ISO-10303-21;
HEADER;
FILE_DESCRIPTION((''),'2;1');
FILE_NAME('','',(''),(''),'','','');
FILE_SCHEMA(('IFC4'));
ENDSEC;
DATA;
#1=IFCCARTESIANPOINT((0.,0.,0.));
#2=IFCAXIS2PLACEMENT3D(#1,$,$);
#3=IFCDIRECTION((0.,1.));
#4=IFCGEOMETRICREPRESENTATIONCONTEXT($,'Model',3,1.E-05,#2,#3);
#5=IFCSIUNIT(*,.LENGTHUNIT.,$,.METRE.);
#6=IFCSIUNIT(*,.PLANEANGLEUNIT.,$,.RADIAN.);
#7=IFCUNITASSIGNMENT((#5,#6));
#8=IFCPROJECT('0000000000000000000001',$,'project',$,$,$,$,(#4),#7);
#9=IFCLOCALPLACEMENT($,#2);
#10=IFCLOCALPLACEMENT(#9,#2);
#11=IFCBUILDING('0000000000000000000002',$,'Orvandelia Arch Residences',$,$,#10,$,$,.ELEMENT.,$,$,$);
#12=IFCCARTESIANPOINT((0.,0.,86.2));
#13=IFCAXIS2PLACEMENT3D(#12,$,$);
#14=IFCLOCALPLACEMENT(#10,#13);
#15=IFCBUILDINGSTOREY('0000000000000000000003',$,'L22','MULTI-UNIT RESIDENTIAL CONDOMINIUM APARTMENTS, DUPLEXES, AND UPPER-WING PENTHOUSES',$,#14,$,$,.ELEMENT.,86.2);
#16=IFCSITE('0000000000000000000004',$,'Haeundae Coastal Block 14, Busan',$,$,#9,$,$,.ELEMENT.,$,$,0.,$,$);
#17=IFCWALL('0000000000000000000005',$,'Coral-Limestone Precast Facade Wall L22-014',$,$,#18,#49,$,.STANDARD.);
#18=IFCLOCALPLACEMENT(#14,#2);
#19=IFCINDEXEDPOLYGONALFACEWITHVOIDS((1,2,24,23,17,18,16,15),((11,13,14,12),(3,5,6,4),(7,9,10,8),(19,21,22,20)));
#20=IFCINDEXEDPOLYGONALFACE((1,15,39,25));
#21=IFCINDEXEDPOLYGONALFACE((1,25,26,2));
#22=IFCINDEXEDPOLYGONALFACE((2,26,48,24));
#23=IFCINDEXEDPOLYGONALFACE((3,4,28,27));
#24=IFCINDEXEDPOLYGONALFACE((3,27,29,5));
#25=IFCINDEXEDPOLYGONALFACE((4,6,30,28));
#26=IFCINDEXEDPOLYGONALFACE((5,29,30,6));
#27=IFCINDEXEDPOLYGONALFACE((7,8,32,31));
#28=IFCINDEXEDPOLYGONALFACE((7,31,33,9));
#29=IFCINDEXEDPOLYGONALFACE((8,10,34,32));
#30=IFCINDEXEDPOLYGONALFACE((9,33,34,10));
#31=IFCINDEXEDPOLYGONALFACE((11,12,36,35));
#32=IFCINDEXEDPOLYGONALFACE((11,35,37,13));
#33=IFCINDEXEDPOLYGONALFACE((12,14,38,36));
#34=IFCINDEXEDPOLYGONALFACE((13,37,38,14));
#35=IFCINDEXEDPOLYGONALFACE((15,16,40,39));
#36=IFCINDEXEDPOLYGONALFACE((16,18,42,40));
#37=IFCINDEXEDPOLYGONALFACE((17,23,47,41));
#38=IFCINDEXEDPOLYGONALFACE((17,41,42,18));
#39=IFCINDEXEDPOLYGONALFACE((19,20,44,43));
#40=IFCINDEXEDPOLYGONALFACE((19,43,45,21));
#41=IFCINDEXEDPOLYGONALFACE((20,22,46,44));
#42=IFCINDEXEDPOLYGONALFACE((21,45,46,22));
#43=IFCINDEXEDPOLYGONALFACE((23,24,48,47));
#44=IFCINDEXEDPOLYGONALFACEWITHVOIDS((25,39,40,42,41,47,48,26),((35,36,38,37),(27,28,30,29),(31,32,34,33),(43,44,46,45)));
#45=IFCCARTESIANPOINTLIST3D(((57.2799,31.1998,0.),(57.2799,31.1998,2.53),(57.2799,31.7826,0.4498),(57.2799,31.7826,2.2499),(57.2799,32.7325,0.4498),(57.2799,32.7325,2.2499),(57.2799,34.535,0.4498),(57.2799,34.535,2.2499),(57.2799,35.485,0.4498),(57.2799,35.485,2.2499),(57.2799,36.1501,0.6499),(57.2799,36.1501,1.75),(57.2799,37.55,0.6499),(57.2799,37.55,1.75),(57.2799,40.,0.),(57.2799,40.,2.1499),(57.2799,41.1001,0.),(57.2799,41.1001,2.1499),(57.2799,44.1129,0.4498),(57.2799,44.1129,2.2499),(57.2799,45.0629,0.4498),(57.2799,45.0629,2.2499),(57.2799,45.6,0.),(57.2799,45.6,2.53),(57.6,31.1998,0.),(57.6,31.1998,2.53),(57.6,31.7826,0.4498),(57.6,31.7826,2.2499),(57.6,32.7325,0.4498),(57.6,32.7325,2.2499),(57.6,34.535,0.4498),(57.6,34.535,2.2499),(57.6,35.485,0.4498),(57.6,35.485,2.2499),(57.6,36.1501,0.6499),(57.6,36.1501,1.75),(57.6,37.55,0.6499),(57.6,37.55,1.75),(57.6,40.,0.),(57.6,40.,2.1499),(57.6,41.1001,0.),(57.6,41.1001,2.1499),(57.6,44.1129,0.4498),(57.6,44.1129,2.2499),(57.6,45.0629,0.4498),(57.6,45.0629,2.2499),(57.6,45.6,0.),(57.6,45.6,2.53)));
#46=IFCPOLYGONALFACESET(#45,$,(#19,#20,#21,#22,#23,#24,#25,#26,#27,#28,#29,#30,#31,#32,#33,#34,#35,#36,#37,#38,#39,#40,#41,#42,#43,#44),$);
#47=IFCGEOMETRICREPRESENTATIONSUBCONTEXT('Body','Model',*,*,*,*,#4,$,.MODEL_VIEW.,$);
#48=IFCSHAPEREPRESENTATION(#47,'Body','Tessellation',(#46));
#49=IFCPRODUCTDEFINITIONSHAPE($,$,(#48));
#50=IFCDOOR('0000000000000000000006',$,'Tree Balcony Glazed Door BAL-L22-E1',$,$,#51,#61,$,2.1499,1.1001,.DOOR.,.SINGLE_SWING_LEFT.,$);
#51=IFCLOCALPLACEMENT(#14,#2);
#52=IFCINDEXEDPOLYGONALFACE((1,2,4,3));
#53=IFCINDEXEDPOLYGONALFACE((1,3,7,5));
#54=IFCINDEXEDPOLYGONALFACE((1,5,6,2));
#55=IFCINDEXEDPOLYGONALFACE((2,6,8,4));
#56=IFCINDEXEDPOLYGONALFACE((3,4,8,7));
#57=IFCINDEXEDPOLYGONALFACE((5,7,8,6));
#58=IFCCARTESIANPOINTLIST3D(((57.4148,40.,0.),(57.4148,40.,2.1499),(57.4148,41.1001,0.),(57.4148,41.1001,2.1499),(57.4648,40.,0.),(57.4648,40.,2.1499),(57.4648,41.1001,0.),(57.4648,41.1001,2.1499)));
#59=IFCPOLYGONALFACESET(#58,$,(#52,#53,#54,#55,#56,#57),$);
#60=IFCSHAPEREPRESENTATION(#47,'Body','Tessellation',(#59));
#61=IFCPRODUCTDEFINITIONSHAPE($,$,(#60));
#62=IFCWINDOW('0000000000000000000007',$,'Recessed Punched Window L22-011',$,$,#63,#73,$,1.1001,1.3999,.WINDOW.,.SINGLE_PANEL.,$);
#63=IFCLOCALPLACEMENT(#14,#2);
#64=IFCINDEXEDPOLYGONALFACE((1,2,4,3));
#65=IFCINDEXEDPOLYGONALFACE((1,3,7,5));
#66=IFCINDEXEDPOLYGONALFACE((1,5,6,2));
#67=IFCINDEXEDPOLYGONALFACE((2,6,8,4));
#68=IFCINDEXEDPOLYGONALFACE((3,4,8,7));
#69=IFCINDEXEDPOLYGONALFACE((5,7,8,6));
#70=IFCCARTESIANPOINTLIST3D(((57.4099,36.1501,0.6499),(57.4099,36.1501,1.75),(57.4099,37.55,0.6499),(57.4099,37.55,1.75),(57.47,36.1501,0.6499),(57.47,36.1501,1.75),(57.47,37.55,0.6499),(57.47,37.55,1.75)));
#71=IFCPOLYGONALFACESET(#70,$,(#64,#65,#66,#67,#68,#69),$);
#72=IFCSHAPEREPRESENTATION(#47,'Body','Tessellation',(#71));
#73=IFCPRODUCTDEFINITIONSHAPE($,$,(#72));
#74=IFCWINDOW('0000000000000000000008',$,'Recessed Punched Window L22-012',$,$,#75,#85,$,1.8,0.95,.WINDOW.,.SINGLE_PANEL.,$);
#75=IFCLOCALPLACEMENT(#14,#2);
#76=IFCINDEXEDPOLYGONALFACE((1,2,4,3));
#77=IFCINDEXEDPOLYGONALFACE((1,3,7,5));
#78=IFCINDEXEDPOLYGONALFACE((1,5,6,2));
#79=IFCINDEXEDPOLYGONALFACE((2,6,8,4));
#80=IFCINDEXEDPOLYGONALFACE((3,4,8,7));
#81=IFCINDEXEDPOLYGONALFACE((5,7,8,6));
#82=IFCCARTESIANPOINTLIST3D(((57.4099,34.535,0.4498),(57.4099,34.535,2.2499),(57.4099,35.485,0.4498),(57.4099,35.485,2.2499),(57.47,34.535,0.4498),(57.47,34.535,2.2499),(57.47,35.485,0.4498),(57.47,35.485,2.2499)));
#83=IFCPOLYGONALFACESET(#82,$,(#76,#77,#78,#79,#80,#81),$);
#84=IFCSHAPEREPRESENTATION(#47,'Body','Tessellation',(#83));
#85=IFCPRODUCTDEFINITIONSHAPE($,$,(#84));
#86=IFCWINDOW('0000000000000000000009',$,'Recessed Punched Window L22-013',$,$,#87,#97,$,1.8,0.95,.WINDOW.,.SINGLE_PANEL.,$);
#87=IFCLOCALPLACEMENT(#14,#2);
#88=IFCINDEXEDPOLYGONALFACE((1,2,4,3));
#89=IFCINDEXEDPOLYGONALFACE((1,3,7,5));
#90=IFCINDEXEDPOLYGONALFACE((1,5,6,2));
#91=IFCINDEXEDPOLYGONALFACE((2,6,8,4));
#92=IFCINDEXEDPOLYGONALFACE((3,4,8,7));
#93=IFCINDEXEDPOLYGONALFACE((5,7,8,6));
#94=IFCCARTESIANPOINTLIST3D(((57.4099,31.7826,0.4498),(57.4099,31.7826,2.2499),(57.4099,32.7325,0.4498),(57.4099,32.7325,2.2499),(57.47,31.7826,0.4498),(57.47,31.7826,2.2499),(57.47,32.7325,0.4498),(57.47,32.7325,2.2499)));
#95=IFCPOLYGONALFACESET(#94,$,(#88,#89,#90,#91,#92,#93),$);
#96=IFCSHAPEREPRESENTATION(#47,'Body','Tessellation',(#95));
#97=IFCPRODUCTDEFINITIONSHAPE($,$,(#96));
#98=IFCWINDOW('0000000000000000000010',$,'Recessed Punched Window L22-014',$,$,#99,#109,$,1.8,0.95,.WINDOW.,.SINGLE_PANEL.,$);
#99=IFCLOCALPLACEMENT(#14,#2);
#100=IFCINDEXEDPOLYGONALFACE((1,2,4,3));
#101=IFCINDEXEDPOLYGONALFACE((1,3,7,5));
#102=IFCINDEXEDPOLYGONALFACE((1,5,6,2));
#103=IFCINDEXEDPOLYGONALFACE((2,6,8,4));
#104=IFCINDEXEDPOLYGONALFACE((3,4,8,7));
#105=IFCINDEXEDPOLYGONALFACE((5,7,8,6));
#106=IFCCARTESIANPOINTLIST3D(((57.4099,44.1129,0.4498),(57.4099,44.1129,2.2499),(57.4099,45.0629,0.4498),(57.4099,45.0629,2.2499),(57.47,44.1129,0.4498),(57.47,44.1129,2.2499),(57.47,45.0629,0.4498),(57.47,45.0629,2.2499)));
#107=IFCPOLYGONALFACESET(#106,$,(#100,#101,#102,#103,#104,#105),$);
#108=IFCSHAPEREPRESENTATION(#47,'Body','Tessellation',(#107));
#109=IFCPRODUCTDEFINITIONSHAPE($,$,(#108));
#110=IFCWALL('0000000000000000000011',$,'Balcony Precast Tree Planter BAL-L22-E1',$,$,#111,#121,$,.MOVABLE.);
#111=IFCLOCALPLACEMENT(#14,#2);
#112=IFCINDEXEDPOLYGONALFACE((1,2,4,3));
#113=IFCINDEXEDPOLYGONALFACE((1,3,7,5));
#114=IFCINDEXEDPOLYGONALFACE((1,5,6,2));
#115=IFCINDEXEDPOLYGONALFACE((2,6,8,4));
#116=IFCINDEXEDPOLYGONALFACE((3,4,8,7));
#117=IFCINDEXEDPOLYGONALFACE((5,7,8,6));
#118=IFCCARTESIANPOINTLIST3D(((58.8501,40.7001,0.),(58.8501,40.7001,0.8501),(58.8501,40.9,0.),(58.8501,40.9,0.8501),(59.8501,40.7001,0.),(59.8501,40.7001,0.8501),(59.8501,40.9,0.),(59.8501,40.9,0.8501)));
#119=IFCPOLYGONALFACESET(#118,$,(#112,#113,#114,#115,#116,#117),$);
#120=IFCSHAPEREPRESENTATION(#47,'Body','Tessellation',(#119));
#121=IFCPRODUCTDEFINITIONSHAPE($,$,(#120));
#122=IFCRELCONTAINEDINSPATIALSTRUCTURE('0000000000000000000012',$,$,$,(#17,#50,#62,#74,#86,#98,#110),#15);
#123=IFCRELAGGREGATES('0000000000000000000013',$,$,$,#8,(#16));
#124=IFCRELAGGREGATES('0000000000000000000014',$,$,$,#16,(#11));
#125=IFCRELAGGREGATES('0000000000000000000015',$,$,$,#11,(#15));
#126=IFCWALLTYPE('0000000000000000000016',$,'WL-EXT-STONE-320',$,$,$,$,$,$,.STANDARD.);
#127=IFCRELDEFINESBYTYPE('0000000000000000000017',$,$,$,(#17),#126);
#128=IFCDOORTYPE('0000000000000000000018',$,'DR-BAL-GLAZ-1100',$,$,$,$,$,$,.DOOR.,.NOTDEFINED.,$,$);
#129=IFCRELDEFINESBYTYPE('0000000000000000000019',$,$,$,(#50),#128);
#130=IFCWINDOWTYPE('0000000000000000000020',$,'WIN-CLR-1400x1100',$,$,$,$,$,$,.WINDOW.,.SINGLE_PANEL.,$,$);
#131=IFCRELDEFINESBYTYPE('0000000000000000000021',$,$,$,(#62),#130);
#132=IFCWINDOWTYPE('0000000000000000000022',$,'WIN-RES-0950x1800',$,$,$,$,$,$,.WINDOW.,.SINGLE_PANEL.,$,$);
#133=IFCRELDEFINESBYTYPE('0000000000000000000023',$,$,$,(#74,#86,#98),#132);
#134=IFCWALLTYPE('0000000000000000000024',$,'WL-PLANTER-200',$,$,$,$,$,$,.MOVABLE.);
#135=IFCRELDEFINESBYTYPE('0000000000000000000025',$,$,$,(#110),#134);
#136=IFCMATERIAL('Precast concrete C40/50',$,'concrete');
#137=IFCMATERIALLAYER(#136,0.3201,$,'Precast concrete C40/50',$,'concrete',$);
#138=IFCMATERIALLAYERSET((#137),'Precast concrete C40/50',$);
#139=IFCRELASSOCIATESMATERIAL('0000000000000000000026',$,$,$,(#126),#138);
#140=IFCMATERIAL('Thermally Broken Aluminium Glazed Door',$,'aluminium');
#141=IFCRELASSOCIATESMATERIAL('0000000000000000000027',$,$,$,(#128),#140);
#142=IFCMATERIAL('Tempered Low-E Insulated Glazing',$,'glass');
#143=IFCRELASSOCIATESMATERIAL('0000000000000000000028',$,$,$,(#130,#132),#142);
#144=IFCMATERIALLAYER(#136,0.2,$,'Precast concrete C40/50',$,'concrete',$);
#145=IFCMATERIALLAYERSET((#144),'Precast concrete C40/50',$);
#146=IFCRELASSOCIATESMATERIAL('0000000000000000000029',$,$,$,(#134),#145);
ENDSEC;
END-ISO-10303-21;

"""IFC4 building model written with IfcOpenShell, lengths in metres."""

from ifc_helpers import new_model, si_unit, direction, frame, frame_2d, origin, place, context, subcontext, project, spatial, rectangle, extrude, material, layer, layer_set, type_object, element, fill, save


model = new_model("IFC4")

# Units and contexts
model_context = context("Model", 3, precision=1e-05, world=origin(), true_north=direction((0.0, 1.0)))
body_context = subcontext(model_context, "Body", "Model", "MODEL_VIEW")
ifc_project = project(units=[si_unit("LENGTHUNIT", "METRE"), si_unit("PLANEANGLEUNIT", "RADIAN")], contexts=[model_context])

# Site, building, storey
site_placement = place(None, origin())
site = spatial("IfcSite", under=ifc_project, at=site_placement, Name="Haeundae Coastal Block 14, Busan", CompositionType="ELEMENT", RefElevation=0.0)
building_placement = place(site_placement, origin())
building = spatial("IfcBuilding", under=site, at=building_placement, Name="Orvandelia Arch Residences", CompositionType="ELEMENT")
storey_placement = place(building_placement, frame((0.0, 0.0, 86.2)))
storey = spatial("IfcBuildingStorey", under=building, at=storey_placement, Name="L22", Description="MULTI-UNIT RESIDENTIAL CONDOMINIUM APARTMENTS, DUPLEXES, AND UPPER-WING PENTHOUSES", CompositionType="ELEMENT", Elevation=86.2)

# Shared definitions
ifc_material_1 = material(Name="Precast concrete C40/50", Category="concrete")
ifc_layer_1 = layer(ifc_material_1, 0.3201, Name="Precast concrete C40/50", Category="concrete")
ifc_layer_set_1 = layer_set([ifc_layer_1], Name="Precast concrete C40/50")
wall_type_1 = type_object("IfcWallType", Name="WL-EXT-STONE-320", PredefinedType="STANDARD", material=ifc_layer_set_1)

# Wall, openings, door, windows
wall_1_placement = place(storey_placement, frame((57.4399, 45.6001, 0.0), z_axis=(0.0, 0.0, 1.0), x_axis=(0.0, -1.0, 0.0)))
wall_1 = element("IfcWall", 1, at=wall_1_placement, inside=storey, type_object=wall_type_1, Name="Coral-Limestone Precast Facade Wall L22-014", PredefinedType="STANDARD", context=body_context, shape_type="SweptSolid", body=[
    extrude(rectangle(XDim=14.4001, YDim=0.3201, at=frame_2d((7.2002, 0.0))), origin(), (0.0, 0.0, 1.0), 2.53),
])
opening_1_placement = place(wall_1_placement, frame((4.5, 0.0, 0.0)))
opening_1 = element("IfcOpeningElement", 2, at=opening_1_placement, cuts=wall_1, PredefinedType="OPENING", context=body_context, shape_type="SweptSolid", body=[
    extrude(rectangle(XDim=1.1001, YDim=2.1499, at=frame_2d((0.55, 1.075))), frame((0.0, 0.1699, 0.0), z_axis=(0.0, -1.0, 0.0), x_axis=(1.0, 0.0, 0.0)), (0.0, 0.0, 1.0), 0.3401),
])
opening_2_placement = place(wall_1_placement, frame((8.05, 0.0, 0.6499)))
opening_2 = element("IfcOpeningElement", 3, at=opening_2_placement, cuts=wall_1, PredefinedType="OPENING", context=body_context, shape_type="SweptSolid", body=[
    extrude(rectangle(XDim=1.3999, YDim=1.1001, at=frame_2d((0.7, 0.55))), frame((0.0, 0.1699, 0.0), z_axis=(0.0, -1.0, 0.0), x_axis=(1.0, 0.0, 0.0)), (0.0, 0.0, 1.0), 0.3401),
])
opening_3_placement = place(wall_1_placement, frame((10.115, 0.0, 0.45)))
opening_3 = element("IfcOpeningElement", 4, at=opening_3_placement, cuts=wall_1, PredefinedType="OPENING", context=body_context, shape_type="SweptSolid", body=[
    extrude(rectangle(XDim=0.95, YDim=1.8, at=frame_2d((0.4751, 0.8999))), frame((0.0, 0.1699, 0.0), z_axis=(0.0, -1.0, 0.0), x_axis=(1.0, 0.0, 0.0)), (0.0, 0.0, 1.0), 0.3401),
])
opening_4_placement = place(wall_1_placement, frame((12.8674, 0.0, 0.45)))
opening_4 = element("IfcOpeningElement", 5, at=opening_4_placement, cuts=wall_1, PredefinedType="OPENING", context=body_context, shape_type="SweptSolid", body=[
    extrude(rectangle(XDim=0.95, YDim=1.8, at=frame_2d((0.4751, 0.8999))), frame((0.0, 0.1699, 0.0), z_axis=(0.0, -1.0, 0.0), x_axis=(1.0, 0.0, 0.0)), (0.0, 0.0, 1.0), 0.3401),
])
opening_5_placement = place(wall_1_placement, frame((0.5371, 0.0, 0.45)))
opening_5 = element("IfcOpeningElement", 6, at=opening_5_placement, cuts=wall_1, PredefinedType="OPENING", context=body_context, shape_type="SweptSolid", body=[
    extrude(rectangle(XDim=0.95, YDim=1.8, at=frame_2d((0.4751, 0.8999))), frame((0.0, 0.1699, 0.0), z_axis=(0.0, -1.0, 0.0), x_axis=(1.0, 0.0, 0.0)), (0.0, 0.0, 1.0), 0.3401),
])
ifc_material_2 = material(Name="Thermally Broken Aluminium Glazed Door", Category="aluminium")
door_type = type_object("IfcDoorType", Name="DR-BAL-GLAZ-1100", OperationType="NOTDEFINED", PredefinedType="DOOR", material=ifc_material_2)
door_placement = place(opening_1_placement, origin())
door = element("IfcDoor", 7, at=door_placement, inside=storey, type_object=door_type, Name="Tree Balcony Glazed Door BAL-L22-E1", OperationType="SINGLE_SWING_LEFT", OverallHeight=2.1499, OverallWidth=1.1001, PredefinedType="DOOR", context=body_context, shape_type="SweptSolid", body=[
    extrude(rectangle(XDim=1.1001, YDim=2.1499, at=frame_2d((0.55, 1.075))), frame((0.0, 0.0249, 0.0), z_axis=(0.0, -1.0, 0.0), x_axis=(1.0, 0.0, 0.0)), (0.0, 0.0, 1.0), 0.05),
])
fill(opening_1, door)
ifc_material_3 = material(Name="Tempered Low-E Insulated Glazing", Category="glass")
window_type_1 = type_object("IfcWindowType", Name="WIN-CLR-1400x1100", PartitioningType="SINGLE_PANEL", PredefinedType="WINDOW", material=ifc_material_3)
window_1_placement = place(opening_2_placement, origin())
window_1 = element("IfcWindow", 8, at=window_1_placement, inside=storey, type_object=window_type_1, Name="Recessed Punched Window L22-011", OverallHeight=1.1001, OverallWidth=1.3999, PartitioningType="SINGLE_PANEL", PredefinedType="WINDOW", context=body_context, shape_type="SweptSolid", body=[
    extrude(rectangle(XDim=1.3999, YDim=1.1001, at=frame_2d((0.7, 0.55))), frame((0.0, 0.03, 0.0), z_axis=(0.0, -1.0, 0.0), x_axis=(1.0, 0.0, 0.0)), (0.0, 0.0, 1.0), 0.0601),
])
fill(opening_2, window_1)
window_type_2 = type_object("IfcWindowType", Name="WIN-RES-0950x1800", PartitioningType="SINGLE_PANEL", PredefinedType="WINDOW", material=ifc_material_3)
window_2_placement = place(opening_3_placement, origin())
window_2 = element("IfcWindow", 9, at=window_2_placement, inside=storey, type_object=window_type_2, Name="Recessed Punched Window L22-012", OverallHeight=1.8, OverallWidth=0.95, PartitioningType="SINGLE_PANEL", PredefinedType="WINDOW", context=body_context, shape_type="SweptSolid", body=[
    extrude(rectangle(XDim=0.95, YDim=1.8, at=frame_2d((0.4751, 0.8999))), frame((0.0, 0.03, 0.0), z_axis=(0.0, -1.0, 0.0), x_axis=(1.0, 0.0, 0.0)), (0.0, 0.0, 1.0), 0.0601),
])
fill(opening_3, window_2)
window_3_placement = place(opening_4_placement, origin())
window_3 = element("IfcWindow", 10, at=window_3_placement, inside=storey, type_object=window_type_2, Name="Recessed Punched Window L22-013", OverallHeight=1.8, OverallWidth=0.95, PartitioningType="SINGLE_PANEL", PredefinedType="WINDOW", context=body_context, shape_type="SweptSolid", body=[
    extrude(rectangle(XDim=0.95, YDim=1.8, at=frame_2d((0.4751, 0.8999))), frame((0.0, 0.03, 0.0), z_axis=(0.0, -1.0, 0.0), x_axis=(1.0, 0.0, 0.0)), (0.0, 0.0, 1.0), 0.0601),
])
fill(opening_4, window_3)
window_4_placement = place(opening_5_placement, origin())
window_4 = element("IfcWindow", 11, at=window_4_placement, inside=storey, type_object=window_type_2, Name="Recessed Punched Window L22-014", OverallHeight=1.8, OverallWidth=0.95, PartitioningType="SINGLE_PANEL", PredefinedType="WINDOW", context=body_context, shape_type="SweptSolid", body=[
    extrude(rectangle(XDim=0.95, YDim=1.8, at=frame_2d((0.4751, 0.8999))), frame((0.0, 0.03, 0.0), z_axis=(0.0, -1.0, 0.0), x_axis=(1.0, 0.0, 0.0)), (0.0, 0.0, 1.0), 0.0601),
])
fill(opening_5, window_4)

# Wall
ifc_layer_2 = layer(ifc_material_1, 0.2, Name="Precast concrete C40/50", Category="concrete")
ifc_layer_set_2 = layer_set([ifc_layer_2], Name="Precast concrete C40/50")
wall_type_2 = type_object("IfcWallType", Name="WL-PLANTER-200", PredefinedType="MOVABLE", material=ifc_layer_set_2)
wall_2_placement = place(storey_placement, frame((58.8501, 40.8, 0.0), z_axis=(0.0, 0.0, 1.0), x_axis=(1.0, 0.0, 0.0)))
element("IfcWall", 12, at=wall_2_placement, inside=storey, type_object=wall_type_2, Name="Balcony Precast Tree Planter BAL-L22-E1", PredefinedType="MOVABLE", context=body_context, shape_type="SweptSolid", body=[
    extrude(rectangle(XDim=1.0, YDim=0.2, at=frame_2d((0.5, 0.0))), origin(), (0.0, 0.0, 1.0), 0.8501),
])

save(model, "model.ifc")
